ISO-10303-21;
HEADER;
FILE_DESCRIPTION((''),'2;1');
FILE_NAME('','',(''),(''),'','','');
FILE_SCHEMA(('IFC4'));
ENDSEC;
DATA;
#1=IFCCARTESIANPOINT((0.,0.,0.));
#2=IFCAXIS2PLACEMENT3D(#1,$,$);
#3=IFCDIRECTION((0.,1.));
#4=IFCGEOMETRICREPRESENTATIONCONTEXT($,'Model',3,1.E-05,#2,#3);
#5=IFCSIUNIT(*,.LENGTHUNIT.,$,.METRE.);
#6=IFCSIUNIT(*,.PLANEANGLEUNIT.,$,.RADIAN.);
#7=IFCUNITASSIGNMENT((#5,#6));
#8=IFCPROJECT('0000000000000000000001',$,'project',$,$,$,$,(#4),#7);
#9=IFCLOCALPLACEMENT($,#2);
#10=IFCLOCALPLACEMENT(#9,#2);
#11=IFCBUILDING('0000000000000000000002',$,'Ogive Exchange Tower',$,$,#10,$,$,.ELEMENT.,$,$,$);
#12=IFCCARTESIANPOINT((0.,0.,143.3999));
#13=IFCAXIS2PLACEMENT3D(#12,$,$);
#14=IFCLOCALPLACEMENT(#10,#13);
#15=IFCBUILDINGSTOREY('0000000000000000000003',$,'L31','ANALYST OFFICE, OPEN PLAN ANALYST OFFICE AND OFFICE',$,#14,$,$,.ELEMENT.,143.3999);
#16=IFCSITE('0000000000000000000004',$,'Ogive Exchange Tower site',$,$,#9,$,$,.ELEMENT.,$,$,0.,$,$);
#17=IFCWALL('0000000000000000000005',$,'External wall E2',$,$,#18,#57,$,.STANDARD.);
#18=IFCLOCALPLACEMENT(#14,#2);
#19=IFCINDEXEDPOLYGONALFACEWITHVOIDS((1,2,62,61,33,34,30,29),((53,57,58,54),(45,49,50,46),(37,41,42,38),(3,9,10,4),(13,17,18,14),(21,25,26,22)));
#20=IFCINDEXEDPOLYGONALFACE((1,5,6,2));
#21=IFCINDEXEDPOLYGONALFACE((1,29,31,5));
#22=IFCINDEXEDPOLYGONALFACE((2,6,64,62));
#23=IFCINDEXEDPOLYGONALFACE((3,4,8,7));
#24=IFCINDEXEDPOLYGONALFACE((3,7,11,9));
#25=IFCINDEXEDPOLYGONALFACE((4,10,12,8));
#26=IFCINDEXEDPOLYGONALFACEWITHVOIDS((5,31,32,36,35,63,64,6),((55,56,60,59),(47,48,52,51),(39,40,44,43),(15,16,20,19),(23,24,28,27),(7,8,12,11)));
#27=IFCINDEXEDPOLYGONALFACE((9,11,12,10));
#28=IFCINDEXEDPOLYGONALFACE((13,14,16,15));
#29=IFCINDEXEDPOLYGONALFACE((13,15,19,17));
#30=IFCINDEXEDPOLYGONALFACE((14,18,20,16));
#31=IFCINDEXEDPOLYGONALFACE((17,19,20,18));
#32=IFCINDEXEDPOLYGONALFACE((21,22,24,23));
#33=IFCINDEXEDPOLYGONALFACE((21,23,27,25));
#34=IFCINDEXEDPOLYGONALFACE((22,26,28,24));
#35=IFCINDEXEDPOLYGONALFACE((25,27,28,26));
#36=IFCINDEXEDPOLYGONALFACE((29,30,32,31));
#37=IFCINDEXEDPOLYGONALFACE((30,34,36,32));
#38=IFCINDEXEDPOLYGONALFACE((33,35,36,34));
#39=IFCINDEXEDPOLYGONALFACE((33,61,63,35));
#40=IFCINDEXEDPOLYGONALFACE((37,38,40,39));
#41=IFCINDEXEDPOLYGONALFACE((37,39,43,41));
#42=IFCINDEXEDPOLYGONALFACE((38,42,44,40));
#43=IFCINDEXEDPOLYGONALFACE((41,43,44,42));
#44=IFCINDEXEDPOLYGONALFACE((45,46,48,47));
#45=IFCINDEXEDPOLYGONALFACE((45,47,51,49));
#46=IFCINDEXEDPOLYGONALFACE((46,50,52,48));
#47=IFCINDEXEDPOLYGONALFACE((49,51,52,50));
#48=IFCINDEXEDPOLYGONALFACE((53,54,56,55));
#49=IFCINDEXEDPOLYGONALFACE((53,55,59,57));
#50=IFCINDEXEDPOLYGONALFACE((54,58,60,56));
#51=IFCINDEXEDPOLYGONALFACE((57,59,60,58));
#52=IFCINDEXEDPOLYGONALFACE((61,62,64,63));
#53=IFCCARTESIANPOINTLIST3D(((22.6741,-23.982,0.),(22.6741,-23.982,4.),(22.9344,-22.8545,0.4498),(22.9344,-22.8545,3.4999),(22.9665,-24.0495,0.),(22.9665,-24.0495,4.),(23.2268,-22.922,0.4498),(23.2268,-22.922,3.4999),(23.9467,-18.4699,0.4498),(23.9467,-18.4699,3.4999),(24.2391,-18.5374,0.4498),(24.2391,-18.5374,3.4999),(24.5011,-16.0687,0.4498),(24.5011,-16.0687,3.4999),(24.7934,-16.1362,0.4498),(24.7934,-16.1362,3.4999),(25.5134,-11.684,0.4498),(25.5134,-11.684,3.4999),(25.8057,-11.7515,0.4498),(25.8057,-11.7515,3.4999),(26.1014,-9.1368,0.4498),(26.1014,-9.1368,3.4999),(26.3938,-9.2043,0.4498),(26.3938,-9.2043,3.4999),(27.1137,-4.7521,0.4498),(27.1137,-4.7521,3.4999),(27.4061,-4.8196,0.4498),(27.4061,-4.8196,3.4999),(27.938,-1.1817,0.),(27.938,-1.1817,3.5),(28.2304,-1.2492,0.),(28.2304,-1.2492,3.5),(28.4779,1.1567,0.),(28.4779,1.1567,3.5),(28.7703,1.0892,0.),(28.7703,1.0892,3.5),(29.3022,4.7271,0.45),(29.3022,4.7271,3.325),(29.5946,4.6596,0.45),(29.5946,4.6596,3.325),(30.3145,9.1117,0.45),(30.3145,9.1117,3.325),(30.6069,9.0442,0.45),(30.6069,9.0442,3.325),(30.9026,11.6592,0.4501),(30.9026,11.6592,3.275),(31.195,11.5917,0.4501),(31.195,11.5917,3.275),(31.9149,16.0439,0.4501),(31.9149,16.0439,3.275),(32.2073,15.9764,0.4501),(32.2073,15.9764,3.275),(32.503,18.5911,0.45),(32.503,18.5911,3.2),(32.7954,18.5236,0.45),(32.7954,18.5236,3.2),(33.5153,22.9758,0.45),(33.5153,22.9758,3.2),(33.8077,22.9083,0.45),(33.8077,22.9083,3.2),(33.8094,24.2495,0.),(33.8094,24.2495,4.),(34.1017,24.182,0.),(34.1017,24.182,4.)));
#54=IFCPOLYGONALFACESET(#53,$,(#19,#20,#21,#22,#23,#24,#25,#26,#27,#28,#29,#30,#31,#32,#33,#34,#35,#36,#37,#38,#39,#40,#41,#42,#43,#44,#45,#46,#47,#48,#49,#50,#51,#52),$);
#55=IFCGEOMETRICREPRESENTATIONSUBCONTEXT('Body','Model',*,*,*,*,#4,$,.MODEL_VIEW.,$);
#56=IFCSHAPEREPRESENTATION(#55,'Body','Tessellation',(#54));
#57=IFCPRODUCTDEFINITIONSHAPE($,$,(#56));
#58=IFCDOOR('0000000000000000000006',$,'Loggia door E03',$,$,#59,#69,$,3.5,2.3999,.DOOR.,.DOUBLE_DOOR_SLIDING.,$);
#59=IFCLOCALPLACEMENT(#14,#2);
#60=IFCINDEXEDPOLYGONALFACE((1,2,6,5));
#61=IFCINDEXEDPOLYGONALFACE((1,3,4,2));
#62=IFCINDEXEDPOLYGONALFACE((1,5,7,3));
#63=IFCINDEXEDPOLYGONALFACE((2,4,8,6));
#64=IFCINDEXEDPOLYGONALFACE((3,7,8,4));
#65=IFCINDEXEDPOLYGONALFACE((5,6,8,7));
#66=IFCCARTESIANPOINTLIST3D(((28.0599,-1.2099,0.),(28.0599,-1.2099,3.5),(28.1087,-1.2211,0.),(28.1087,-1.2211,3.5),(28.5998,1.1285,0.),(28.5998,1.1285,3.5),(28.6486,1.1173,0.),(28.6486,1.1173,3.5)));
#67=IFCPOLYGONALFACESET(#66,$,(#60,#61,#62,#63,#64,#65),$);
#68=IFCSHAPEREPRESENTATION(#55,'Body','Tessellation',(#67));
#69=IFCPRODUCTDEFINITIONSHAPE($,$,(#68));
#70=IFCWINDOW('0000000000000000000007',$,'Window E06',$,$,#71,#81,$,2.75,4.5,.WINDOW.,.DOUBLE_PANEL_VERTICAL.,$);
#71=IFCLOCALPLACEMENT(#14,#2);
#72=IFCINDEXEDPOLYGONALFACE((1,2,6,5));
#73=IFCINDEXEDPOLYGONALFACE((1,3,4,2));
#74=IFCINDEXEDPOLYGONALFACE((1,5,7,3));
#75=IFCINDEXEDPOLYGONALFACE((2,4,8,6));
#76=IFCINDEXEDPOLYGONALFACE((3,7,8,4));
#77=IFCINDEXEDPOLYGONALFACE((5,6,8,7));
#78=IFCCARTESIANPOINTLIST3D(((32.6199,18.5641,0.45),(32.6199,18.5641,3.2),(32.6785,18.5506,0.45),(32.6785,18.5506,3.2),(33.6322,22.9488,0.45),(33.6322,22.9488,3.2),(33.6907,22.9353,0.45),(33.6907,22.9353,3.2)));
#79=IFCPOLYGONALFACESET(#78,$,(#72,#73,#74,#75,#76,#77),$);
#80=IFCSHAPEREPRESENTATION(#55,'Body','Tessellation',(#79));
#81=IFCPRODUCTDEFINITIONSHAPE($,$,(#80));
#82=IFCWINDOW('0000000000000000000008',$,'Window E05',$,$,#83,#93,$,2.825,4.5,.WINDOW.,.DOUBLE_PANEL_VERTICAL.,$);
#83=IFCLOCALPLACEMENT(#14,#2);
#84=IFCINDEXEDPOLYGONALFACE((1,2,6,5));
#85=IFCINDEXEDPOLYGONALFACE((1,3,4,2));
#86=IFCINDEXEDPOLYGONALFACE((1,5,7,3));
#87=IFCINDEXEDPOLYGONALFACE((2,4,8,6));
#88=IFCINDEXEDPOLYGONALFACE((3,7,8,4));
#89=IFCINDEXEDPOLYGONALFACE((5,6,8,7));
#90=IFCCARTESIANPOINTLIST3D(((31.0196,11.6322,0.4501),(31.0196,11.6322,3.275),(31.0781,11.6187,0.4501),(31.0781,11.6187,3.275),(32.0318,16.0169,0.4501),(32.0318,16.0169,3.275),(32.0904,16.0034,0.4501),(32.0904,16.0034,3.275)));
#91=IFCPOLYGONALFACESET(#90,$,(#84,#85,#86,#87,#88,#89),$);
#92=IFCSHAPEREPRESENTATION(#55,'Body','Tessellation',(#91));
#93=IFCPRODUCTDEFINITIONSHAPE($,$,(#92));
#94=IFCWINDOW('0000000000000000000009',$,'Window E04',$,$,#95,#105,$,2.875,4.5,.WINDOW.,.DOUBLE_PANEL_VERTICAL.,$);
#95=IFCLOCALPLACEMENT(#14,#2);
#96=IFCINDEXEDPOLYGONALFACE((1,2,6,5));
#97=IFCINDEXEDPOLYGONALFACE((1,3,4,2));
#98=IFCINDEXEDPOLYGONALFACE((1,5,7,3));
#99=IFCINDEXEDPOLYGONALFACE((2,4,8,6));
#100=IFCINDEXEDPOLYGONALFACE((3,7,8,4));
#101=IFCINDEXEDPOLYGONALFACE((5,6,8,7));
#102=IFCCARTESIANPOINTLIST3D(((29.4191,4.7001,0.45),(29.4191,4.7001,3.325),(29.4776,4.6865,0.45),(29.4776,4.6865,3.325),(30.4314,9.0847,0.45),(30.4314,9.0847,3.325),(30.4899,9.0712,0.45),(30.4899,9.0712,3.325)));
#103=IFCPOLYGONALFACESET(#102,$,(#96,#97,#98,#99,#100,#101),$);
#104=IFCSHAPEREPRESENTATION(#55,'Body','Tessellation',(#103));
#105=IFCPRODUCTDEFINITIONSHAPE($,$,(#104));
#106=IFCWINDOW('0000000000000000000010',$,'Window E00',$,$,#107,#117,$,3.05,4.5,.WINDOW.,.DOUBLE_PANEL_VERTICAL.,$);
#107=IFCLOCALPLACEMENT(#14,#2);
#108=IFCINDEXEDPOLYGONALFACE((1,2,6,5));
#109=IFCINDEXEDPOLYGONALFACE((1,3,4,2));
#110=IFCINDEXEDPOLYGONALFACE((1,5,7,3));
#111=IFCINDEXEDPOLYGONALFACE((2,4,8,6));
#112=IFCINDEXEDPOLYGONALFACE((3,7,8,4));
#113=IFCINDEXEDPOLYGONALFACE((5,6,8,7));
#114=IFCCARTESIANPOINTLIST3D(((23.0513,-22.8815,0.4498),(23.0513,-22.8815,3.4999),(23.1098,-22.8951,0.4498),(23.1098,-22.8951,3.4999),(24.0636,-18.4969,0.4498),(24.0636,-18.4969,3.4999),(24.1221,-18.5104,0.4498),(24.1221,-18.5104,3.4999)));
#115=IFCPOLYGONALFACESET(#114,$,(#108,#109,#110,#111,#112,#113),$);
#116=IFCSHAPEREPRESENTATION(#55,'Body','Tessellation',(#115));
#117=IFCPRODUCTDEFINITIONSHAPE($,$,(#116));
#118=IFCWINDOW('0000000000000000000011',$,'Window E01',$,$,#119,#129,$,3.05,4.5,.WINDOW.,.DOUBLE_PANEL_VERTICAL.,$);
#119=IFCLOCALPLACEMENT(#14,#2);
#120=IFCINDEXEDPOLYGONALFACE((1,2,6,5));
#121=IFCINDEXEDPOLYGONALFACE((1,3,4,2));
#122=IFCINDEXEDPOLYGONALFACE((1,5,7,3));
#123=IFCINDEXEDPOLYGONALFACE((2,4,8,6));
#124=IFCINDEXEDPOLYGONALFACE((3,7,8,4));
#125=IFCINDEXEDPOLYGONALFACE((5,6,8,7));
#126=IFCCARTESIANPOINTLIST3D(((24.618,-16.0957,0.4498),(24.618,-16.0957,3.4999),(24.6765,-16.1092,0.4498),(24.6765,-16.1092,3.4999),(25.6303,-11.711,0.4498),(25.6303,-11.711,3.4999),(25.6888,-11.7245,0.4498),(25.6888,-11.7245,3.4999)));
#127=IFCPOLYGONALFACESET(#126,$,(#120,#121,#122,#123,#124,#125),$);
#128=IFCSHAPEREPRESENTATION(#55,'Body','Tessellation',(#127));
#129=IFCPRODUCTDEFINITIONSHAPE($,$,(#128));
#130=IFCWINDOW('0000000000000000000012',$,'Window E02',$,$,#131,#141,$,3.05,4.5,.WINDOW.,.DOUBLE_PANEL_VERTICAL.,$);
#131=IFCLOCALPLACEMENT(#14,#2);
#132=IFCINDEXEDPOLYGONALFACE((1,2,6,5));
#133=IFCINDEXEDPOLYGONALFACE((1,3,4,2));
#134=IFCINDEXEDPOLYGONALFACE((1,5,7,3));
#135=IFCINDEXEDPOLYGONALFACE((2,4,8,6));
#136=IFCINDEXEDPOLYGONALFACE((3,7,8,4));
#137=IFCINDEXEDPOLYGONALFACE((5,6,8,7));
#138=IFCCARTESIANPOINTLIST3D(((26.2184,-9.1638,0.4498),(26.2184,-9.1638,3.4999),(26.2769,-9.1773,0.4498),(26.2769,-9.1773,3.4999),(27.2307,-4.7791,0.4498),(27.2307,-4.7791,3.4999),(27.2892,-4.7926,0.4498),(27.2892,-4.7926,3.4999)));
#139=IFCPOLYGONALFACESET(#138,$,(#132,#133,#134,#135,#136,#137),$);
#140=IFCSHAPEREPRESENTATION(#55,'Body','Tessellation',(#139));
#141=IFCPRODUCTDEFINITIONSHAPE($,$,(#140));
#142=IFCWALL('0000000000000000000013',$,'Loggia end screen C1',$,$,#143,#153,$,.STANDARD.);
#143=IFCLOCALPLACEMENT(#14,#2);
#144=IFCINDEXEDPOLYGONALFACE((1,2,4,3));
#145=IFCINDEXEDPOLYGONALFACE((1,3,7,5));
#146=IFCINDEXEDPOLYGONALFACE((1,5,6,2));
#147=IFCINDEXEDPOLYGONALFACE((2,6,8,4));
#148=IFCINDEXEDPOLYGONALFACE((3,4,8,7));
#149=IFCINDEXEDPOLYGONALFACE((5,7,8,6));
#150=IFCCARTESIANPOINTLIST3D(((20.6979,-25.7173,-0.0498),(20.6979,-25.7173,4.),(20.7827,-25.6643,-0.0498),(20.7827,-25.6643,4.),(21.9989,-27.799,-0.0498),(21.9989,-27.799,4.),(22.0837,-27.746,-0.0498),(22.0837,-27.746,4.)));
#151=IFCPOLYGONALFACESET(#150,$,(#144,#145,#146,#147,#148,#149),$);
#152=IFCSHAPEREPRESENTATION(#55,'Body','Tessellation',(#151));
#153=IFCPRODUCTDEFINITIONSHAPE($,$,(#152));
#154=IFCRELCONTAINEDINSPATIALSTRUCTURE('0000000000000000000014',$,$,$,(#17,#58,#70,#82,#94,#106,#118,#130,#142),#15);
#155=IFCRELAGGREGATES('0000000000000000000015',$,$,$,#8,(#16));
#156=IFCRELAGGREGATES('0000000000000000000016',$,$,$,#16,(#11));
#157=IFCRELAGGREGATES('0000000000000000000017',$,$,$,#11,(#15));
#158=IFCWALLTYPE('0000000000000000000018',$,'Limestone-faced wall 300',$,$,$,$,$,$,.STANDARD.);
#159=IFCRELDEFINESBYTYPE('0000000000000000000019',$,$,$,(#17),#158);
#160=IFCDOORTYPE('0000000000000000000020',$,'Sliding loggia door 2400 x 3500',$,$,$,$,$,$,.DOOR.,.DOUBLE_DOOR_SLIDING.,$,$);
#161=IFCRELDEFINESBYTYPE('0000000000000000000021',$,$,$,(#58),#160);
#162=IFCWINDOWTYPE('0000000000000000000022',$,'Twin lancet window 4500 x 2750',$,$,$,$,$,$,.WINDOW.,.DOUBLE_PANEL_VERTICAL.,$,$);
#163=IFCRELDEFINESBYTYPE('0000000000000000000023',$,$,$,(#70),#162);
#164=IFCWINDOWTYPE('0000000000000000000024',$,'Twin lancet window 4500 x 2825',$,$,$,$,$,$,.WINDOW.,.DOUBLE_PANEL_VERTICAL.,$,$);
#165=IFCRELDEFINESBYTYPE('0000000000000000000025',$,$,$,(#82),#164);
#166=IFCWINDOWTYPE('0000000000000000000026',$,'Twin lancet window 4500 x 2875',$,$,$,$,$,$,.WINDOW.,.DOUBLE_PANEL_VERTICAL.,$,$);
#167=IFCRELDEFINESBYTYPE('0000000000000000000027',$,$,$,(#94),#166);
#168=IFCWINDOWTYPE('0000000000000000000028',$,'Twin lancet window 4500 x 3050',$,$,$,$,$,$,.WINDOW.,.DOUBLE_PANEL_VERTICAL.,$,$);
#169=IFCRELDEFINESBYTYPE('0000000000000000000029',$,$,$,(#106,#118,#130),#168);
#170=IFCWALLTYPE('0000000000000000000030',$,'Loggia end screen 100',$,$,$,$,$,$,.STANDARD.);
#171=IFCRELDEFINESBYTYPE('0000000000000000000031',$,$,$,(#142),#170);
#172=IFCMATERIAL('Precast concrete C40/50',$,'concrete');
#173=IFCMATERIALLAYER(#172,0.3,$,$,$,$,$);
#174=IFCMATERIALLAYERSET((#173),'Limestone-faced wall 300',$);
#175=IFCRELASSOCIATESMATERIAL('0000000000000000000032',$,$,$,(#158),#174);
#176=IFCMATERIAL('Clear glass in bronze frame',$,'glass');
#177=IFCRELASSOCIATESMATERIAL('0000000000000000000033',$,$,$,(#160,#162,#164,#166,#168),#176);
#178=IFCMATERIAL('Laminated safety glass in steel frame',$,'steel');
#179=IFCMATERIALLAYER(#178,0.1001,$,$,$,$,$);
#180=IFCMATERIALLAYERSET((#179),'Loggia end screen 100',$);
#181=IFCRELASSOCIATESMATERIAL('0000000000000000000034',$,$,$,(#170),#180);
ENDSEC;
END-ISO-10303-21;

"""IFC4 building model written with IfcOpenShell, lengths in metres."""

from ifc_helpers import new_model, si_unit, direction, frame, frame_2d, origin, place, context, subcontext, project, spatial, rectangle, extrude, material, layer, layer_set, type_object, element, fill, save


model = new_model("IFC4")

# Units and contexts
model_context = context("Model", 3, precision=1e-05, world=origin(), true_north=direction((0.0, 1.0)))
body_context = subcontext(model_context, "Body", "Model", "MODEL_VIEW")
ifc_project = project(units=[si_unit("LENGTHUNIT", "METRE"), si_unit("PLANEANGLEUNIT", "RADIAN")], contexts=[model_context])

# Site, building, storey
site_placement = place(None, origin())
site = spatial("IfcSite", under=ifc_project, at=site_placement, Name="Ogive Exchange Tower site", CompositionType="ELEMENT", RefElevation=0.0)
building_placement = place(site_placement, origin())
building = spatial("IfcBuilding", under=site, at=building_placement, Name="Ogive Exchange Tower", CompositionType="ELEMENT")
storey_placement = place(building_placement, frame((0.0, 0.0, 143.3999)))
storey = spatial("IfcBuildingStorey", under=building, at=storey_placement, Name="L31", Description="ANALYST OFFICE, OPEN PLAN ANALYST OFFICE AND OFFICE", CompositionType="ELEMENT", Elevation=143.3999)

# Wall, openings, door, windows
ifc_material_1 = material(Name="Precast concrete C40/50", Category="concrete")
ifc_layer_1 = layer(ifc_material_1, 0.3)
ifc_layer_set_1 = layer_set([ifc_layer_1], Name="Limestone-faced wall 300")
wall_type_1 = type_object("IfcWallType", Name="Limestone-faced wall 300", PredefinedType="STANDARD", material=ifc_layer_set_1)
wall_1_placement = place(storey_placement, frame((22.8203, -24.0156, 0.0), z_axis=(0.0, 0.0, 1.0), x_axis=(0.224954, 0.974369, 0.0)))
wall_1 = element("IfcWall", 1, at=wall_1_placement, inside=storey, type_object=wall_type_1, Name="External wall E2", PredefinedType="STANDARD", context=body_context, shape_type="SweptSolid", body=[
    extrude(rectangle(XDim=49.5002, YDim=0.3, at=frame_2d((24.75, 0.0))), origin(), (0.0, 0.0, 1.0), 4.0),
])
opening_1_placement = place(wall_1_placement, frame((1.157, 0.0, 0.45)))
opening_1 = element("IfcOpeningElement", 2, at=opening_1_placement, cuts=wall_1, PredefinedType="OPENING", context=body_context, shape_type="SweptSolid", body=[
    extrude(rectangle(XDim=4.5, YDim=3.05, at=frame_2d((2.25, 1.5249))), frame((0.0, 0.1599, 0.0), z_axis=(0.0, -1.0, 0.0), x_axis=(1.0, 0.0, 0.0)), (0.0, 0.0, 1.0), 0.3201),
])
opening_2_placement = place(wall_1_placement, frame((8.1213, 0.0, 0.45)))
opening_2 = element("IfcOpeningElement", 3, at=opening_2_placement, cuts=wall_1, PredefinedType="OPENING", context=body_context, shape_type="SweptSolid", body=[
    extrude(rectangle(XDim=4.5, YDim=3.05, at=frame_2d((2.25, 1.5249))), frame((0.0, 0.1599, 0.0), z_axis=(0.0, -1.0, 0.0), x_axis=(1.0, 0.0, 0.0)), (0.0, 0.0, 1.0), 0.3201),
])
opening_3_placement = place(wall_1_placement, frame((15.2356, 0.0, 0.45)))
opening_3 = element("IfcOpeningElement", 4, at=opening_3_placement, cuts=wall_1, PredefinedType="OPENING", context=body_context, shape_type="SweptSolid", body=[
    extrude(rectangle(XDim=4.5, YDim=3.05, at=frame_2d((2.25, 1.5249))), frame((0.0, 0.1599, 0.0), z_axis=(0.0, -1.0, 0.0), x_axis=(1.0, 0.0, 0.0)), (0.0, 0.0, 1.0), 0.3201),
])
opening_4_placement = place(wall_1_placement, frame((23.3999, 0.0, 0.0)))
opening_4 = element("IfcOpeningElement", 5, at=opening_4_placement, cuts=wall_1, PredefinedType="OPENING", context=body_context, shape_type="SweptSolid", body=[
    extrude(rectangle(XDim=2.3999, YDim=3.5, at=frame_2d((1.2, 1.75))), frame((0.0, 0.1599, 0.0), z_axis=(0.0, -1.0, 0.0), x_axis=(1.0, 0.0, 0.0)), (0.0, 0.0, 1.0), 0.3201),
])
opening_5_placement = place(wall_1_placement, frame((29.4641, 0.0, 0.45)))
opening_5 = element("IfcOpeningElement", 6, at=opening_5_placement, cuts=wall_1, PredefinedType="OPENING", context=body_context, shape_type="SweptSolid", body=[
    extrude(rectangle(XDim=4.5, YDim=2.875, at=frame_2d((2.25, 1.4375))), frame((0.0, 0.1599, 0.0), z_axis=(0.0, -1.0, 0.0), x_axis=(1.0, 0.0, 0.0)), (0.0, 0.0, 1.0), 0.3201),
])
opening_6_placement = place(wall_1_placement, frame((36.5786, 0.0, 0.45)))
opening_6 = element("IfcOpeningElement", 7, at=opening_6_placement, cuts=wall_1, PredefinedType="OPENING", context=body_context, shape_type="SweptSolid", body=[
    extrude(rectangle(XDim=4.5, YDim=2.825, at=frame_2d((2.25, 1.4126))), frame((0.0, 0.1599, 0.0), z_axis=(0.0, -1.0, 0.0), x_axis=(1.0, 0.0, 0.0)), (0.0, 0.0, 1.0), 0.3201),
])
opening_7_placement = place(wall_1_placement, frame((43.6929, 0.0, 0.45)))
opening_7 = element("IfcOpeningElement", 8, at=opening_7_placement, cuts=wall_1, PredefinedType="OPENING", context=body_context, shape_type="SweptSolid", body=[
    extrude(rectangle(XDim=4.5, YDim=2.75, at=frame_2d((2.25, 1.375))), frame((0.0, 0.1599, 0.0), z_axis=(0.0, -1.0, 0.0), x_axis=(1.0, 0.0, 0.0)), (0.0, 0.0, 1.0), 0.3201),
])
ifc_material_2 = material(Name="Clear glass in bronze frame", Category="glass")
door_type_1 = type_object("IfcDoorType", Name="Sliding loggia door 2400 x 3500", OperationType="DOUBLE_DOOR_SLIDING", PredefinedType="DOOR", material=ifc_material_2)
door_1_placement = place(opening_4_placement, origin())
door_1 = element("IfcDoor", 9, at=door_1_placement, inside=storey, type_object=door_type_1, Name="Loggia door E03", OperationType="DOUBLE_DOOR_SLIDING", OverallHeight=3.5, OverallWidth=2.3999, PredefinedType="DOOR", context=body_context, shape_type="SweptSolid", body=[
    extrude(rectangle(XDim=2.3999, YDim=3.5, at=frame_2d((1.2, 1.75))), frame((0.0, 0.0249, 0.0), z_axis=(0.0, -1.0, 0.0), x_axis=(1.0, 0.0, 0.0)), (0.0, 0.0, 1.0), 0.05),
])
fill(opening_4, door_1)
window_type_1 = type_object("IfcWindowType", Name="Twin lancet window 4500 x 2750", PartitioningType="DOUBLE_PANEL_VERTICAL", PredefinedType="WINDOW", material=ifc_material_2)
window_1_placement = place(opening_7_placement, origin())
window_1 = element("IfcWindow", 10, at=window_1_placement, inside=storey, type_object=window_type_1, Name="Window E06", OverallHeight=2.75, OverallWidth=4.5, PartitioningType="DOUBLE_PANEL_VERTICAL", PredefinedType="WINDOW", context=body_context, shape_type="SweptSolid", body=[
    extrude(rectangle(XDim=4.5, YDim=2.75, at=frame_2d((2.25, 1.375))), frame((0.0, 0.03, 0.0), z_axis=(0.0, -1.0, 0.0), x_axis=(1.0, 0.0, 0.0)), (0.0, 0.0, 1.0), 0.0601),
])
fill(opening_7, window_1)
window_type_2 = type_object("IfcWindowType", Name="Twin lancet window 4500 x 2825", PartitioningType="DOUBLE_PANEL_VERTICAL", PredefinedType="WINDOW", material=ifc_material_2)
window_2_placement = place(opening_6_placement, origin())
window_2 = element("IfcWindow", 11, at=window_2_placement, inside=storey, type_object=window_type_2, Name="Window E05", OverallHeight=2.825, OverallWidth=4.5, PartitioningType="DOUBLE_PANEL_VERTICAL", PredefinedType="WINDOW", context=body_context, shape_type="SweptSolid", body=[
    extrude(rectangle(XDim=4.5, YDim=2.825, at=frame_2d((2.25, 1.4126))), frame((0.0, 0.03, 0.0), z_axis=(0.0, -1.0, 0.0), x_axis=(1.0, 0.0, 0.0)), (0.0, 0.0, 1.0), 0.0601),
])
fill(opening_6, window_2)
window_type_3 = type_object("IfcWindowType", Name="Twin lancet window 4500 x 2875", PartitioningType="DOUBLE_PANEL_VERTICAL", PredefinedType="WINDOW", material=ifc_material_2)
window_3_placement = place(opening_5_placement, origin())
window_3 = element("IfcWindow", 12, at=window_3_placement, inside=storey, type_object=window_type_3, Name="Window E04", OverallHeight=2.875, OverallWidth=4.5, PartitioningType="DOUBLE_PANEL_VERTICAL", PredefinedType="WINDOW", context=body_context, shape_type="SweptSolid", body=[
    extrude(rectangle(XDim=4.5, YDim=2.875, at=frame_2d((2.25, 1.4375))), frame((0.0, 0.03, 0.0), z_axis=(0.0, -1.0, 0.0), x_axis=(1.0, 0.0, 0.0)), (0.0, 0.0, 1.0), 0.0601),
])
fill(opening_5, window_3)
window_type_4 = type_object("IfcWindowType", Name="Twin lancet window 4500 x 3050", PartitioningType="DOUBLE_PANEL_VERTICAL", PredefinedType="WINDOW", material=ifc_material_2)
window_4_placement = place(opening_1_placement, origin())
window_4 = element("IfcWindow", 13, at=window_4_placement, inside=storey, type_object=window_type_4, Name="Window E00", OverallHeight=3.05, OverallWidth=4.5, PartitioningType="DOUBLE_PANEL_VERTICAL", PredefinedType="WINDOW", context=body_context, shape_type="SweptSolid", body=[
    extrude(rectangle(XDim=4.5, YDim=3.05, at=frame_2d((2.25, 1.5249))), frame((0.0, 0.03, 0.0), z_axis=(0.0, -1.0, 0.0), x_axis=(1.0, 0.0, 0.0)), (0.0, 0.0, 1.0), 0.0601),
])
fill(opening_1, window_4)
window_5_placement = place(opening_2_placement, origin())
window_5 = element("IfcWindow", 14, at=window_5_placement, inside=storey, type_object=window_type_4, Name="Window E01", OverallHeight=3.05, OverallWidth=4.5, PartitioningType="DOUBLE_PANEL_VERTICAL", PredefinedType="WINDOW", context=body_context, shape_type="SweptSolid", body=[
    extrude(rectangle(XDim=4.5, YDim=3.05, at=frame_2d((2.25, 1.5249))), frame((0.0, 0.03, 0.0), z_axis=(0.0, -1.0, 0.0), x_axis=(1.0, 0.0, 0.0)), (0.0, 0.0, 1.0), 0.0601),
])
fill(opening_2, window_5)
window_6_placement = place(opening_3_placement, origin())
window_6 = element("IfcWindow", 15, at=window_6_placement, inside=storey, type_object=window_type_4, Name="Window E02", OverallHeight=3.05, OverallWidth=4.5, PartitioningType="DOUBLE_PANEL_VERTICAL", PredefinedType="WINDOW", context=body_context, shape_type="SweptSolid", body=[
    extrude(rectangle(XDim=4.5, YDim=3.05, at=frame_2d((2.25, 1.5249))), frame((0.0, 0.03, 0.0), z_axis=(0.0, -1.0, 0.0), x_axis=(1.0, 0.0, 0.0)), (0.0, 0.0, 1.0), 0.0601),
])
fill(opening_3, window_6)

# Wall
ifc_material_3 = material(Name="Laminated safety glass in steel frame", Category="steel")
ifc_layer_2 = layer(ifc_material_3, 0.1001)
ifc_layer_set_2 = layer_set([ifc_layer_2], Name="Loggia end screen 100")
wall_type_2 = type_object("IfcWallType", Name="Loggia end screen 100", PredefinedType="STANDARD", material=ifc_layer_set_2)
wall_2_placement = place(storey_placement, frame((20.7402, -25.6907, -0.0498), z_axis=(0.0, 0.0, 1.0), x_axis=(0.529972, -0.848015, 0.0)))
element("IfcWall", 16, at=wall_2_placement, inside=storey, type_object=wall_type_2, Name="Loggia end screen C1", PredefinedType="STANDARD", context=body_context, shape_type="SweptSolid", body=[
    extrude(rectangle(XDim=2.4548, YDim=0.1001, at=frame_2d((1.2275, 0.0))), origin(), (0.0, 0.0, 1.0), 4.0498),
])

save(model, "model.ifc")
